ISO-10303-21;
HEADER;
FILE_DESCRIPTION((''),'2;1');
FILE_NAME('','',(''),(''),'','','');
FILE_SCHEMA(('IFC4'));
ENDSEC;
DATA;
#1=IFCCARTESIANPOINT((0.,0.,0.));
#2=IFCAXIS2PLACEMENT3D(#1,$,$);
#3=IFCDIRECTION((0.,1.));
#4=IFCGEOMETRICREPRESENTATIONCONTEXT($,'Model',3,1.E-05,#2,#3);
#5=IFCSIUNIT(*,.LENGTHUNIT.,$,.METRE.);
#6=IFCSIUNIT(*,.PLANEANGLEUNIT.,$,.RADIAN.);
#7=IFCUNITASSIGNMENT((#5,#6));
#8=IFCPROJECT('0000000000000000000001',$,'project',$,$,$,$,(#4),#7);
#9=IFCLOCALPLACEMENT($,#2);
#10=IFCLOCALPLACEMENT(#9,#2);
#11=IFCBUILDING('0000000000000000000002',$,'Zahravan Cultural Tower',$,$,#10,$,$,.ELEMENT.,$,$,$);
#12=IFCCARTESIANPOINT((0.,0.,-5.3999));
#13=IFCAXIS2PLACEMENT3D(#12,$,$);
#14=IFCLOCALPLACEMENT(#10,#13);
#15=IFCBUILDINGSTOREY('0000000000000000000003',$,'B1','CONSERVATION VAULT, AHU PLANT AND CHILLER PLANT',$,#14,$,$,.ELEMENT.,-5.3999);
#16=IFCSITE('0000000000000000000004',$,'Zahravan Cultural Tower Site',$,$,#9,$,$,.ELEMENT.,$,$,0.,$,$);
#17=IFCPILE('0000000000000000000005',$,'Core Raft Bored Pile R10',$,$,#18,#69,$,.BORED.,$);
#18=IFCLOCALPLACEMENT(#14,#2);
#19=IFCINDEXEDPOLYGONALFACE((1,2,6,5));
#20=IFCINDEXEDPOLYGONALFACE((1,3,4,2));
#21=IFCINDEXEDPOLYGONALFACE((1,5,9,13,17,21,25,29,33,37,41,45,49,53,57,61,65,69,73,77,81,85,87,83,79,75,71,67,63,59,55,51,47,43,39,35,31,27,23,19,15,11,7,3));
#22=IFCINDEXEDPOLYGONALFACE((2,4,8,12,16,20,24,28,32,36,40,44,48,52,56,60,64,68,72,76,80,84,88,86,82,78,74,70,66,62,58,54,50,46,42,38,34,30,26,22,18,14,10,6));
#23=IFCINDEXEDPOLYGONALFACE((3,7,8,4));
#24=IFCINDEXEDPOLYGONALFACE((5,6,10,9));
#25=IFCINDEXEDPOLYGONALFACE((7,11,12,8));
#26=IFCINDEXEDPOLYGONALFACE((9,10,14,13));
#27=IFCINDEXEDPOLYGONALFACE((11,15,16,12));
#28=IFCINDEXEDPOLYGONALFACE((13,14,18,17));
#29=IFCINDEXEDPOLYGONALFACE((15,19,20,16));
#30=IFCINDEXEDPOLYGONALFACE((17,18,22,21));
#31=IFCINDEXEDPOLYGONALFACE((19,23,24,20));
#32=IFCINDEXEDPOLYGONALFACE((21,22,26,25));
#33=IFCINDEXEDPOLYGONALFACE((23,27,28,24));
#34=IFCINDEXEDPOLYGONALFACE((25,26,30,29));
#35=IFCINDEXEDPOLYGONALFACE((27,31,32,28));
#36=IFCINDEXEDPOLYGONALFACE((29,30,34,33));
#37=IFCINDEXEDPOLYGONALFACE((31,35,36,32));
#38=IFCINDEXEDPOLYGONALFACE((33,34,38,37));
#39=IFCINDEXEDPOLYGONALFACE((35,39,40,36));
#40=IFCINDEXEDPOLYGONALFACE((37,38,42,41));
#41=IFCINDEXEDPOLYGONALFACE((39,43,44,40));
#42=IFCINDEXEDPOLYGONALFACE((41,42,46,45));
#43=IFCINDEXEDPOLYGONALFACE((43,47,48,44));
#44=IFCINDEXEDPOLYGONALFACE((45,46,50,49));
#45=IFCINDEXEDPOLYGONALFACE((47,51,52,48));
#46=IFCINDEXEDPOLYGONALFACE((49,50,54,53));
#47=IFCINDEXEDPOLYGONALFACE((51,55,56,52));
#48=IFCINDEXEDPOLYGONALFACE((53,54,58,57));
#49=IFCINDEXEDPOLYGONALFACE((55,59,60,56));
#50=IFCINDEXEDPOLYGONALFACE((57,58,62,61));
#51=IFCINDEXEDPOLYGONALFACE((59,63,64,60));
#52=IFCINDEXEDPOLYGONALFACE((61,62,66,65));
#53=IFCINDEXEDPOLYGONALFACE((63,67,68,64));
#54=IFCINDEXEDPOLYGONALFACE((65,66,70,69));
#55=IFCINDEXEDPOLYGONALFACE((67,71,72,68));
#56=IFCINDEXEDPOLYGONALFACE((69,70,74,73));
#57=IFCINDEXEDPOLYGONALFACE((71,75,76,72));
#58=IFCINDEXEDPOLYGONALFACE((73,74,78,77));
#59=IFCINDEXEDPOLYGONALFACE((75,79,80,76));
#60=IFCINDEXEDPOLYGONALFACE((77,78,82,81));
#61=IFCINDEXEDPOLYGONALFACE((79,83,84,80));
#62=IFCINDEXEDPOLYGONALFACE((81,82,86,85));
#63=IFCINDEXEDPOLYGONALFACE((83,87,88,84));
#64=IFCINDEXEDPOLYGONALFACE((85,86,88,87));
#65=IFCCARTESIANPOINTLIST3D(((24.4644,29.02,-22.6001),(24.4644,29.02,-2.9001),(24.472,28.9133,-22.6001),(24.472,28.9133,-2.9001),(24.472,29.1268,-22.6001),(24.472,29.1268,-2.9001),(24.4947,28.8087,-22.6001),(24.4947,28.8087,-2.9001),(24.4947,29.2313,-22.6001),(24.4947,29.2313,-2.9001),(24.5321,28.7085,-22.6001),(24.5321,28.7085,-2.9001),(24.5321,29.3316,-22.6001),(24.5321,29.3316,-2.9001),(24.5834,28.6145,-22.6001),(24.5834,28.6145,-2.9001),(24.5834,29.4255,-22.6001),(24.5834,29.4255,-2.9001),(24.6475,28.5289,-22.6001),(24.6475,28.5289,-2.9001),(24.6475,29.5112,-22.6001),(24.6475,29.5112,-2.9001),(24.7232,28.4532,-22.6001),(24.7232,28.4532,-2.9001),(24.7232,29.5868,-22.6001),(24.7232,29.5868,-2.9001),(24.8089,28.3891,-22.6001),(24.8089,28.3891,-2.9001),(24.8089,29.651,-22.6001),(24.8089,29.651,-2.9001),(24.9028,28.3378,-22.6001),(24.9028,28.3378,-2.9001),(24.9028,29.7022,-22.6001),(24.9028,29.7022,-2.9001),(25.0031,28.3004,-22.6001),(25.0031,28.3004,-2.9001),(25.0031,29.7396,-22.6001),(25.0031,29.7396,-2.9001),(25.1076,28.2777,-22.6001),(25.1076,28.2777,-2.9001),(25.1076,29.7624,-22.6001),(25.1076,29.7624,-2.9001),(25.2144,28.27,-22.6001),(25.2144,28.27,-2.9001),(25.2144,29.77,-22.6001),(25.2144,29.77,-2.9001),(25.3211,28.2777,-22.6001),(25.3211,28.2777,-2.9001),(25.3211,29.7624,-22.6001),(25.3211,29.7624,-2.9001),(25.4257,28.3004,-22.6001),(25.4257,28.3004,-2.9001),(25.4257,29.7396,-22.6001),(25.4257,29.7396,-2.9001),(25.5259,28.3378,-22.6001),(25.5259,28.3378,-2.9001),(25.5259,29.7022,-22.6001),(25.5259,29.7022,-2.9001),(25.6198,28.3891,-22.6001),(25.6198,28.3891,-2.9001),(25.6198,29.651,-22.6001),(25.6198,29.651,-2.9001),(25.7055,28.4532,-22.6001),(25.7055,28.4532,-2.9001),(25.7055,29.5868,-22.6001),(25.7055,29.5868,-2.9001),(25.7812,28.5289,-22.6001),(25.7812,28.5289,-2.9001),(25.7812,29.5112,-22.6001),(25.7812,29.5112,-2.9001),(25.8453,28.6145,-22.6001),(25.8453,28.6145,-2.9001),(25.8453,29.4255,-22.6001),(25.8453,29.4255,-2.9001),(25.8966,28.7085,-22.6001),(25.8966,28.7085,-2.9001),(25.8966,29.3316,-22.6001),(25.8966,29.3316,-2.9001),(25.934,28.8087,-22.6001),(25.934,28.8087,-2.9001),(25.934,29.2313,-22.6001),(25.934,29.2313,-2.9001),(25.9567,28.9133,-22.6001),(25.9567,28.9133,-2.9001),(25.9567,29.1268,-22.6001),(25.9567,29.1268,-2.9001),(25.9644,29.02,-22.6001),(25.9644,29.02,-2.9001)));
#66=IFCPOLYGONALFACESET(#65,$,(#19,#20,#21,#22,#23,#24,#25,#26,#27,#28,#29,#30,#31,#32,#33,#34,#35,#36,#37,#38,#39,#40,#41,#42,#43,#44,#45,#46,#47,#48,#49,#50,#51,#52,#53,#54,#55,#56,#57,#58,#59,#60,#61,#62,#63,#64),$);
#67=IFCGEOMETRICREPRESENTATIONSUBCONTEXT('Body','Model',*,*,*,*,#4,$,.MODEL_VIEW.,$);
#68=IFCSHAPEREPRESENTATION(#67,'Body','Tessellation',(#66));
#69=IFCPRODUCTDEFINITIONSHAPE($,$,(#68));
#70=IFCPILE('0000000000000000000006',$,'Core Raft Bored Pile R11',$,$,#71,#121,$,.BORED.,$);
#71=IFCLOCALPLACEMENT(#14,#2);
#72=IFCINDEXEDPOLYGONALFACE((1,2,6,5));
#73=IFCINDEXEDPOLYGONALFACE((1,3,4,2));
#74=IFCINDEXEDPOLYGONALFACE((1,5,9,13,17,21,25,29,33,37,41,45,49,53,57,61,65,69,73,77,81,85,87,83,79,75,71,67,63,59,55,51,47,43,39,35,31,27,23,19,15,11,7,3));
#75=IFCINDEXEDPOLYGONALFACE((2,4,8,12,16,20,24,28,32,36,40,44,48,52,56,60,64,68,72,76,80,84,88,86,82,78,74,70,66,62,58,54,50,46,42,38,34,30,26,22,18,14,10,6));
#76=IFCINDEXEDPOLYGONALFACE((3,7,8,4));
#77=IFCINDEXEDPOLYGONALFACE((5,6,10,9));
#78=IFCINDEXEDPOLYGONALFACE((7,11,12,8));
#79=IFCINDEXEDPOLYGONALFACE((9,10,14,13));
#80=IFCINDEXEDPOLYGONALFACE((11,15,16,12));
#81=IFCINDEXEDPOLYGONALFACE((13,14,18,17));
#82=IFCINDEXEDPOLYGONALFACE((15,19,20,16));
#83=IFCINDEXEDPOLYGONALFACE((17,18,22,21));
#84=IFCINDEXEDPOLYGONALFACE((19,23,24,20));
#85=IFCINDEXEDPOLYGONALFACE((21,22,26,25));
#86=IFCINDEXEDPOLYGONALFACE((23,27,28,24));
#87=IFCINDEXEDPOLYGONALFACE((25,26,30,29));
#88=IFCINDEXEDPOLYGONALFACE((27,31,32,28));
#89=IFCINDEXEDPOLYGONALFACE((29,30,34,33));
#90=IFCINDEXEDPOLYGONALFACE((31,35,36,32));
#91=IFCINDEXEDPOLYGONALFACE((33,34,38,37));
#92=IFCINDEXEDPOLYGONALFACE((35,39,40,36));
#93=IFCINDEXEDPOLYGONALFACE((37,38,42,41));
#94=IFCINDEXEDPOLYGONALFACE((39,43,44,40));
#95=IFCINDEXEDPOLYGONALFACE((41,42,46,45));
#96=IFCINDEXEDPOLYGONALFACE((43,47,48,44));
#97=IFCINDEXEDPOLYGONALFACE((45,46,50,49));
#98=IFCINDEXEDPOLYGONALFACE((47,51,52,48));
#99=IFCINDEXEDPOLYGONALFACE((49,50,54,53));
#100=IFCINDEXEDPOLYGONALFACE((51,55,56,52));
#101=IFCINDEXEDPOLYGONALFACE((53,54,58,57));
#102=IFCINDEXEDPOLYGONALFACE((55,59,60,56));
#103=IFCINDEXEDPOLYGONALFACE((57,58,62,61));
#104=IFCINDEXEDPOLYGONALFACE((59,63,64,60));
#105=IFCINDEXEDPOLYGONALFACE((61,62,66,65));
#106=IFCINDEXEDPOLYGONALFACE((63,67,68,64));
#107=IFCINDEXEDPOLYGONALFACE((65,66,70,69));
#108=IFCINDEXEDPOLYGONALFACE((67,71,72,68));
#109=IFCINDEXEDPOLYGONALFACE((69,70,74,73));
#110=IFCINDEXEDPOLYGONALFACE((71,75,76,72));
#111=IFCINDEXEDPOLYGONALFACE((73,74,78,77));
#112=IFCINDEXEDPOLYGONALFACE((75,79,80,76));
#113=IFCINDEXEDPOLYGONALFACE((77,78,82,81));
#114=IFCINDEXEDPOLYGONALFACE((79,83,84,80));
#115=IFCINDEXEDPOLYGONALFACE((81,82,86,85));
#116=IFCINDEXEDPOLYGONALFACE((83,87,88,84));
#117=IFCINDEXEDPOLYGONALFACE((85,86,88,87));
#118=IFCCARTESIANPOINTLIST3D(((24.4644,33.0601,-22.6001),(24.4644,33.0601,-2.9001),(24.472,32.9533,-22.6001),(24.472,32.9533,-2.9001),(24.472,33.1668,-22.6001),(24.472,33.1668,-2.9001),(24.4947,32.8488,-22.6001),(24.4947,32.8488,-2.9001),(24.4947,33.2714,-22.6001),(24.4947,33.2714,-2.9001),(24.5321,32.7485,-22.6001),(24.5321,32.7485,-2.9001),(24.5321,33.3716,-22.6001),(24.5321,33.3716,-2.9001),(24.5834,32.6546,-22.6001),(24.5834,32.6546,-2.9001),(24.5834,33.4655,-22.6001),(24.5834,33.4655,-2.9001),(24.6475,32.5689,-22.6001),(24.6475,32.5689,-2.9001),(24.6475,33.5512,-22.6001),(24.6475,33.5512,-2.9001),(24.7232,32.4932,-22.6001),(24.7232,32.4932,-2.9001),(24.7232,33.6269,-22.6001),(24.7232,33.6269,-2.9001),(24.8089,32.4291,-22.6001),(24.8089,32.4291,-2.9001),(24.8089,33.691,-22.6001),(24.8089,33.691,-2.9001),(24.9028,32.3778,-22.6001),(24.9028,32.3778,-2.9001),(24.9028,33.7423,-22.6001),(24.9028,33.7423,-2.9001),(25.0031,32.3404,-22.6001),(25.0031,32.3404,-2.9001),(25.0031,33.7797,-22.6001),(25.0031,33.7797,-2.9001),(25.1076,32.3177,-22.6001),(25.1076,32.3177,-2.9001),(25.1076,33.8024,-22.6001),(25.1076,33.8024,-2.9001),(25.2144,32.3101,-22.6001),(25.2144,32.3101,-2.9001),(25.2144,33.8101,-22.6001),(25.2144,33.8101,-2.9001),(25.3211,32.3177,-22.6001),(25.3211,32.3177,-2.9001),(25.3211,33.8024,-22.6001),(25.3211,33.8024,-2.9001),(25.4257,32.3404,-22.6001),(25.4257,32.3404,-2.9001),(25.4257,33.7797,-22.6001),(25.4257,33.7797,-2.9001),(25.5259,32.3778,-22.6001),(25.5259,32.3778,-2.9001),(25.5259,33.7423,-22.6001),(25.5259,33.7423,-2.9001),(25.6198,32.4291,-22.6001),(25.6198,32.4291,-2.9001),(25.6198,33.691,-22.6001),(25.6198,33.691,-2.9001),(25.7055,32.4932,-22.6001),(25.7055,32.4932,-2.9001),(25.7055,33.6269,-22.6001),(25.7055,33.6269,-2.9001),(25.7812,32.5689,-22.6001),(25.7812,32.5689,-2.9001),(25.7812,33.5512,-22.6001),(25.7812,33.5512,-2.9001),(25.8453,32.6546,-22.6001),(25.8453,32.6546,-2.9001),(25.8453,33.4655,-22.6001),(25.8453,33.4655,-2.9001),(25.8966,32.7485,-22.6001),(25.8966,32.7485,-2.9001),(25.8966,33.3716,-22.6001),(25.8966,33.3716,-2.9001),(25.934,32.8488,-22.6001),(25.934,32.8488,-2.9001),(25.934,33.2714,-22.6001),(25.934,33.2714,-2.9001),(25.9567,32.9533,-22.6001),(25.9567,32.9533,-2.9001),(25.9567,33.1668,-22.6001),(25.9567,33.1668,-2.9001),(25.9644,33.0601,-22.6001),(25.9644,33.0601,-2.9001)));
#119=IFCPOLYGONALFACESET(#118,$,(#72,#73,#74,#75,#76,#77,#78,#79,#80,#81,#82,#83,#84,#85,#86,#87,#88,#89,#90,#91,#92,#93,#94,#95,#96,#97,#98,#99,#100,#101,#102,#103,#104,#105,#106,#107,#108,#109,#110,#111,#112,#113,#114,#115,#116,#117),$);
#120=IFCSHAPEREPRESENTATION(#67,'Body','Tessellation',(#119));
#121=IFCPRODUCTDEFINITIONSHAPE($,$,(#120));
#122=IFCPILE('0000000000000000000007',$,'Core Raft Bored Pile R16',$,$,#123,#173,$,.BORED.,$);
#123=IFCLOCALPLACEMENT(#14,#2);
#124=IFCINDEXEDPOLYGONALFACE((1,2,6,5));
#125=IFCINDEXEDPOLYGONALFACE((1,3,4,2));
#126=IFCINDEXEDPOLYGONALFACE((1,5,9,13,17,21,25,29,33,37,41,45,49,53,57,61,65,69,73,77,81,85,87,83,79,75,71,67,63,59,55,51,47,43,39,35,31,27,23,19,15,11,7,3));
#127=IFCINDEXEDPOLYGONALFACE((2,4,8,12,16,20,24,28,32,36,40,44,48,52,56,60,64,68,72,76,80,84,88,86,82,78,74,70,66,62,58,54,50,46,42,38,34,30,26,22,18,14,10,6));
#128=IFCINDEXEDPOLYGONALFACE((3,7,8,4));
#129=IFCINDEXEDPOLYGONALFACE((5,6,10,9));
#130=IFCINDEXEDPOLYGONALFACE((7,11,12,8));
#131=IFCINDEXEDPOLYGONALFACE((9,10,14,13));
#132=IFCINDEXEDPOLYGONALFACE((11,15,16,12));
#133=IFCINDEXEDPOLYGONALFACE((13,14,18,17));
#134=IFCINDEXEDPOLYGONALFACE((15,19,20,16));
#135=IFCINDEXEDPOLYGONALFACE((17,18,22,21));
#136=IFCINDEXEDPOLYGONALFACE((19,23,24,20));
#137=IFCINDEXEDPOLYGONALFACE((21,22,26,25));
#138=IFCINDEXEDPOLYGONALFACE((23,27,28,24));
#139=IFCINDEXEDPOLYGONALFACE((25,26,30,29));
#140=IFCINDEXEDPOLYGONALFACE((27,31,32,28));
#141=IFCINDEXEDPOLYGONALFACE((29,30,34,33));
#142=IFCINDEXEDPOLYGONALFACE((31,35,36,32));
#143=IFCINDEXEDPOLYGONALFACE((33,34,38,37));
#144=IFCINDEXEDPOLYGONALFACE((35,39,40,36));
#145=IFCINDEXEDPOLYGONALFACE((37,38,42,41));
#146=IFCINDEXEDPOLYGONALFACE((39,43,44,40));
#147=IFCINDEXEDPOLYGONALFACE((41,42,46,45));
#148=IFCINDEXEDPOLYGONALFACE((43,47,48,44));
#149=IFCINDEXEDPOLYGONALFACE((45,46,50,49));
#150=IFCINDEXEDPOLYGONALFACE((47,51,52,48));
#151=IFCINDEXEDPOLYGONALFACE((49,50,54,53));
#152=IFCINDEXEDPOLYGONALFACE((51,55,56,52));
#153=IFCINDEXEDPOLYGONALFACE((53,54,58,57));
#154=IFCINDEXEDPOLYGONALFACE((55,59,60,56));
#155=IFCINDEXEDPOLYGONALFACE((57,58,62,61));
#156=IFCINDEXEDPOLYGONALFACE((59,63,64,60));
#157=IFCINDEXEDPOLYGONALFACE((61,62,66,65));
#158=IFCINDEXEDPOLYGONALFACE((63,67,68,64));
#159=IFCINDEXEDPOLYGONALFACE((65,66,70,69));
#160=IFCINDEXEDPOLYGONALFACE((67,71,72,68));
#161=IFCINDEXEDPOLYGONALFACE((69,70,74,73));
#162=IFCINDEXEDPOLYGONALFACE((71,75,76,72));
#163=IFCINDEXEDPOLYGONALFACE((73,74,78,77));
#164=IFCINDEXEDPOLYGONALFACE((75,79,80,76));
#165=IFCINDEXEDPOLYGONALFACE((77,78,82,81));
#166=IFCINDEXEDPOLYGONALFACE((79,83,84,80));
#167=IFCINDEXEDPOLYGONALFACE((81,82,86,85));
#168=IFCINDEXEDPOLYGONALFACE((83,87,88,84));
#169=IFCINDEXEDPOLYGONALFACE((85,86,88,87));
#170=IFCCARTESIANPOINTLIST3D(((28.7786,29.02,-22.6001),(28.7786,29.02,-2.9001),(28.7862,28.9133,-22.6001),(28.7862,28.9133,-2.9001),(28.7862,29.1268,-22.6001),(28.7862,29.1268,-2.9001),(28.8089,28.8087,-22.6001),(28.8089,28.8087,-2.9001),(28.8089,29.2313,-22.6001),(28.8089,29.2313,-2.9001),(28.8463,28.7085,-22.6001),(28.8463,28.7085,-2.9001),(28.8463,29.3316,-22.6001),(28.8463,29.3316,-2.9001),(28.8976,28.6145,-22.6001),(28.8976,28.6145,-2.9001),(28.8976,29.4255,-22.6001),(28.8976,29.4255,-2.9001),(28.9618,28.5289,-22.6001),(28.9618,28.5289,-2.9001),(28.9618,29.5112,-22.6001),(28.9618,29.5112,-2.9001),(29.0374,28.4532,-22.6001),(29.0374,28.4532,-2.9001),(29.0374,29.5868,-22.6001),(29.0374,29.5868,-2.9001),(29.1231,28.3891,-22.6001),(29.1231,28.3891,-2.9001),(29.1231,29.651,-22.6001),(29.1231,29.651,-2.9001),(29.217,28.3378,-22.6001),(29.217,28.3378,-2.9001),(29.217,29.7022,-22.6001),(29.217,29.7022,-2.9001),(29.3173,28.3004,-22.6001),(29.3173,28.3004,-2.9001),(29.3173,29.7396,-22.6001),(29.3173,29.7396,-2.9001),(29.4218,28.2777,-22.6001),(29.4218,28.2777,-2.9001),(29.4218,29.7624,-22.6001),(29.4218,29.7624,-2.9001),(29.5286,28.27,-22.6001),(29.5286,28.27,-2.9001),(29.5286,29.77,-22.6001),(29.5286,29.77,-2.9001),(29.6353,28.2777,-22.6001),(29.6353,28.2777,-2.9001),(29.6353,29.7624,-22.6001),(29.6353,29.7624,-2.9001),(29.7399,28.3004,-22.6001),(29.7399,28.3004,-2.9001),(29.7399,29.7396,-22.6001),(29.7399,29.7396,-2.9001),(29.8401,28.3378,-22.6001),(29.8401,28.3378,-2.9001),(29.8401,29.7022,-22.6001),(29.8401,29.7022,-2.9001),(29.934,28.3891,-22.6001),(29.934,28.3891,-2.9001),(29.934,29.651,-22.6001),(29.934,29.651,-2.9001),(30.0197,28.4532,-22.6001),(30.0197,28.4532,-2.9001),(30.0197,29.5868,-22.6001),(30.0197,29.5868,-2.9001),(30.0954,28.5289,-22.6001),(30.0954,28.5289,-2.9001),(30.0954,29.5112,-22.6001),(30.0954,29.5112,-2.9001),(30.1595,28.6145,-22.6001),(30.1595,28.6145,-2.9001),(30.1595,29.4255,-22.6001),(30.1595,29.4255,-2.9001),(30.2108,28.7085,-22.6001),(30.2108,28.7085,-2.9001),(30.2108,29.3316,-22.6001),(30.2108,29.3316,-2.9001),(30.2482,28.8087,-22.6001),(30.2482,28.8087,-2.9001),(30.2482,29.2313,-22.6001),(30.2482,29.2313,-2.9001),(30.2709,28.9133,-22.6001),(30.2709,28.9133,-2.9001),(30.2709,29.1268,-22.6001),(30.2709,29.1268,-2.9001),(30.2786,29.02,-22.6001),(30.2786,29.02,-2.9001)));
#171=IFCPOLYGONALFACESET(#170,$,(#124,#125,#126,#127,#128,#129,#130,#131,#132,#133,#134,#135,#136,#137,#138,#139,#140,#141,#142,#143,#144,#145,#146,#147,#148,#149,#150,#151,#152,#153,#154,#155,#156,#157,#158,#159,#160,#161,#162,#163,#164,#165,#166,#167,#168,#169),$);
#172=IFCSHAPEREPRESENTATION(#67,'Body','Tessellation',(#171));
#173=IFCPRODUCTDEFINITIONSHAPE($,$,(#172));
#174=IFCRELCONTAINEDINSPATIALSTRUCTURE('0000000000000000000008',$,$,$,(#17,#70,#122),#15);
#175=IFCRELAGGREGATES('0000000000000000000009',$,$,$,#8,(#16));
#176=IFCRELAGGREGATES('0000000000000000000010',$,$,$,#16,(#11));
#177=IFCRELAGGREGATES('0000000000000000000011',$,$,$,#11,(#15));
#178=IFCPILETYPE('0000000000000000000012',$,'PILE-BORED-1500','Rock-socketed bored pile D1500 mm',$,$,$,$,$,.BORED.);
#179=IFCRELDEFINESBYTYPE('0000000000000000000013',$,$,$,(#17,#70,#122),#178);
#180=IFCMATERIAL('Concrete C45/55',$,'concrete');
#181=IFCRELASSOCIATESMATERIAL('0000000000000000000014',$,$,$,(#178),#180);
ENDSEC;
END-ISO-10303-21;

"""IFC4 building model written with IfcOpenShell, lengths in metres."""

from ifc_helpers import new_model, si_unit, direction, frame, origin, origin_2d, place, context, subcontext, project, spatial, circle, extrude, material, material_profile, profile_set, type_object, element, save


model = new_model("IFC4")

# Units and contexts
model_context = context("Model", 3, precision=1e-05, world=origin(), true_north=direction((0.0, 1.0)))
body_context = subcontext(model_context, "Body", "Model", "MODEL_VIEW")
ifc_project = project(units=[si_unit("LENGTHUNIT", "METRE"), si_unit("PLANEANGLEUNIT", "RADIAN")], contexts=[model_context])

# Site, building, storey
site_placement = place(None, origin())
site = spatial("IfcSite", under=ifc_project, at=site_placement, Name="Zahravan Cultural Tower Site", CompositionType="ELEMENT", RefElevation=0.0)
building_placement = place(site_placement, origin())
building = spatial("IfcBuilding", under=site, at=building_placement, Name="Zahravan Cultural Tower", CompositionType="ELEMENT")
storey_placement = place(building_placement, frame((0.0, 0.0, -5.3999)))
storey = spatial("IfcBuildingStorey", under=building, at=storey_placement, Name="B1", Description="CONSERVATION VAULT, AHU PLANT AND CHILLER PLANT", CompositionType="ELEMENT", Elevation=-5.3999)

# Piles
ifc_material_1 = material(Name="Concrete C45/55", Category="concrete")
ifc_material_profile_1 = material_profile(ifc_material_1, circle(Radius=0.75, at=origin_2d()), Name="PILE-D1500")
ifc_profile_set_1 = profile_set([ifc_material_profile_1], Name="Concrete C45/55")
pile_type = type_object("IfcPileType", Name="PILE-BORED-1500", Description="Rock-socketed bored pile D1500 mm", PredefinedType="BORED", material=ifc_profile_set_1)
for number, where, z_axis, x_axis, name in (
    (1, (25.2144, 29.02, -2.9001), (0.0, 0.0, -1.0), (1.0, 0.0, 0.0), "Core Raft Bored Pile R10"),
    (2, (25.2144, 33.0601, -2.9001), (0.0, 0.0, -1.0), (1.0, 0.0, 0.0), "Core Raft Bored Pile R11"),
    (3, (29.5286, 29.02, -2.9001), (0.0, 0.0, -1.0), (1.0, 0.0, 0.0), "Core Raft Bored Pile R16"),
):
    element("IfcPile", number, at=place(storey_placement, frame(where, z_axis=z_axis, x_axis=x_axis)), inside=storey, type_object=pile_type, Name=name, PredefinedType="BORED", context=body_context, shape_type="SweptSolid", body=[
        extrude(circle(Radius=0.75, at=origin_2d()), origin(), (0.0, 0.0, 1.0), 19.7),
    ])

save(model, "model.ifc")
